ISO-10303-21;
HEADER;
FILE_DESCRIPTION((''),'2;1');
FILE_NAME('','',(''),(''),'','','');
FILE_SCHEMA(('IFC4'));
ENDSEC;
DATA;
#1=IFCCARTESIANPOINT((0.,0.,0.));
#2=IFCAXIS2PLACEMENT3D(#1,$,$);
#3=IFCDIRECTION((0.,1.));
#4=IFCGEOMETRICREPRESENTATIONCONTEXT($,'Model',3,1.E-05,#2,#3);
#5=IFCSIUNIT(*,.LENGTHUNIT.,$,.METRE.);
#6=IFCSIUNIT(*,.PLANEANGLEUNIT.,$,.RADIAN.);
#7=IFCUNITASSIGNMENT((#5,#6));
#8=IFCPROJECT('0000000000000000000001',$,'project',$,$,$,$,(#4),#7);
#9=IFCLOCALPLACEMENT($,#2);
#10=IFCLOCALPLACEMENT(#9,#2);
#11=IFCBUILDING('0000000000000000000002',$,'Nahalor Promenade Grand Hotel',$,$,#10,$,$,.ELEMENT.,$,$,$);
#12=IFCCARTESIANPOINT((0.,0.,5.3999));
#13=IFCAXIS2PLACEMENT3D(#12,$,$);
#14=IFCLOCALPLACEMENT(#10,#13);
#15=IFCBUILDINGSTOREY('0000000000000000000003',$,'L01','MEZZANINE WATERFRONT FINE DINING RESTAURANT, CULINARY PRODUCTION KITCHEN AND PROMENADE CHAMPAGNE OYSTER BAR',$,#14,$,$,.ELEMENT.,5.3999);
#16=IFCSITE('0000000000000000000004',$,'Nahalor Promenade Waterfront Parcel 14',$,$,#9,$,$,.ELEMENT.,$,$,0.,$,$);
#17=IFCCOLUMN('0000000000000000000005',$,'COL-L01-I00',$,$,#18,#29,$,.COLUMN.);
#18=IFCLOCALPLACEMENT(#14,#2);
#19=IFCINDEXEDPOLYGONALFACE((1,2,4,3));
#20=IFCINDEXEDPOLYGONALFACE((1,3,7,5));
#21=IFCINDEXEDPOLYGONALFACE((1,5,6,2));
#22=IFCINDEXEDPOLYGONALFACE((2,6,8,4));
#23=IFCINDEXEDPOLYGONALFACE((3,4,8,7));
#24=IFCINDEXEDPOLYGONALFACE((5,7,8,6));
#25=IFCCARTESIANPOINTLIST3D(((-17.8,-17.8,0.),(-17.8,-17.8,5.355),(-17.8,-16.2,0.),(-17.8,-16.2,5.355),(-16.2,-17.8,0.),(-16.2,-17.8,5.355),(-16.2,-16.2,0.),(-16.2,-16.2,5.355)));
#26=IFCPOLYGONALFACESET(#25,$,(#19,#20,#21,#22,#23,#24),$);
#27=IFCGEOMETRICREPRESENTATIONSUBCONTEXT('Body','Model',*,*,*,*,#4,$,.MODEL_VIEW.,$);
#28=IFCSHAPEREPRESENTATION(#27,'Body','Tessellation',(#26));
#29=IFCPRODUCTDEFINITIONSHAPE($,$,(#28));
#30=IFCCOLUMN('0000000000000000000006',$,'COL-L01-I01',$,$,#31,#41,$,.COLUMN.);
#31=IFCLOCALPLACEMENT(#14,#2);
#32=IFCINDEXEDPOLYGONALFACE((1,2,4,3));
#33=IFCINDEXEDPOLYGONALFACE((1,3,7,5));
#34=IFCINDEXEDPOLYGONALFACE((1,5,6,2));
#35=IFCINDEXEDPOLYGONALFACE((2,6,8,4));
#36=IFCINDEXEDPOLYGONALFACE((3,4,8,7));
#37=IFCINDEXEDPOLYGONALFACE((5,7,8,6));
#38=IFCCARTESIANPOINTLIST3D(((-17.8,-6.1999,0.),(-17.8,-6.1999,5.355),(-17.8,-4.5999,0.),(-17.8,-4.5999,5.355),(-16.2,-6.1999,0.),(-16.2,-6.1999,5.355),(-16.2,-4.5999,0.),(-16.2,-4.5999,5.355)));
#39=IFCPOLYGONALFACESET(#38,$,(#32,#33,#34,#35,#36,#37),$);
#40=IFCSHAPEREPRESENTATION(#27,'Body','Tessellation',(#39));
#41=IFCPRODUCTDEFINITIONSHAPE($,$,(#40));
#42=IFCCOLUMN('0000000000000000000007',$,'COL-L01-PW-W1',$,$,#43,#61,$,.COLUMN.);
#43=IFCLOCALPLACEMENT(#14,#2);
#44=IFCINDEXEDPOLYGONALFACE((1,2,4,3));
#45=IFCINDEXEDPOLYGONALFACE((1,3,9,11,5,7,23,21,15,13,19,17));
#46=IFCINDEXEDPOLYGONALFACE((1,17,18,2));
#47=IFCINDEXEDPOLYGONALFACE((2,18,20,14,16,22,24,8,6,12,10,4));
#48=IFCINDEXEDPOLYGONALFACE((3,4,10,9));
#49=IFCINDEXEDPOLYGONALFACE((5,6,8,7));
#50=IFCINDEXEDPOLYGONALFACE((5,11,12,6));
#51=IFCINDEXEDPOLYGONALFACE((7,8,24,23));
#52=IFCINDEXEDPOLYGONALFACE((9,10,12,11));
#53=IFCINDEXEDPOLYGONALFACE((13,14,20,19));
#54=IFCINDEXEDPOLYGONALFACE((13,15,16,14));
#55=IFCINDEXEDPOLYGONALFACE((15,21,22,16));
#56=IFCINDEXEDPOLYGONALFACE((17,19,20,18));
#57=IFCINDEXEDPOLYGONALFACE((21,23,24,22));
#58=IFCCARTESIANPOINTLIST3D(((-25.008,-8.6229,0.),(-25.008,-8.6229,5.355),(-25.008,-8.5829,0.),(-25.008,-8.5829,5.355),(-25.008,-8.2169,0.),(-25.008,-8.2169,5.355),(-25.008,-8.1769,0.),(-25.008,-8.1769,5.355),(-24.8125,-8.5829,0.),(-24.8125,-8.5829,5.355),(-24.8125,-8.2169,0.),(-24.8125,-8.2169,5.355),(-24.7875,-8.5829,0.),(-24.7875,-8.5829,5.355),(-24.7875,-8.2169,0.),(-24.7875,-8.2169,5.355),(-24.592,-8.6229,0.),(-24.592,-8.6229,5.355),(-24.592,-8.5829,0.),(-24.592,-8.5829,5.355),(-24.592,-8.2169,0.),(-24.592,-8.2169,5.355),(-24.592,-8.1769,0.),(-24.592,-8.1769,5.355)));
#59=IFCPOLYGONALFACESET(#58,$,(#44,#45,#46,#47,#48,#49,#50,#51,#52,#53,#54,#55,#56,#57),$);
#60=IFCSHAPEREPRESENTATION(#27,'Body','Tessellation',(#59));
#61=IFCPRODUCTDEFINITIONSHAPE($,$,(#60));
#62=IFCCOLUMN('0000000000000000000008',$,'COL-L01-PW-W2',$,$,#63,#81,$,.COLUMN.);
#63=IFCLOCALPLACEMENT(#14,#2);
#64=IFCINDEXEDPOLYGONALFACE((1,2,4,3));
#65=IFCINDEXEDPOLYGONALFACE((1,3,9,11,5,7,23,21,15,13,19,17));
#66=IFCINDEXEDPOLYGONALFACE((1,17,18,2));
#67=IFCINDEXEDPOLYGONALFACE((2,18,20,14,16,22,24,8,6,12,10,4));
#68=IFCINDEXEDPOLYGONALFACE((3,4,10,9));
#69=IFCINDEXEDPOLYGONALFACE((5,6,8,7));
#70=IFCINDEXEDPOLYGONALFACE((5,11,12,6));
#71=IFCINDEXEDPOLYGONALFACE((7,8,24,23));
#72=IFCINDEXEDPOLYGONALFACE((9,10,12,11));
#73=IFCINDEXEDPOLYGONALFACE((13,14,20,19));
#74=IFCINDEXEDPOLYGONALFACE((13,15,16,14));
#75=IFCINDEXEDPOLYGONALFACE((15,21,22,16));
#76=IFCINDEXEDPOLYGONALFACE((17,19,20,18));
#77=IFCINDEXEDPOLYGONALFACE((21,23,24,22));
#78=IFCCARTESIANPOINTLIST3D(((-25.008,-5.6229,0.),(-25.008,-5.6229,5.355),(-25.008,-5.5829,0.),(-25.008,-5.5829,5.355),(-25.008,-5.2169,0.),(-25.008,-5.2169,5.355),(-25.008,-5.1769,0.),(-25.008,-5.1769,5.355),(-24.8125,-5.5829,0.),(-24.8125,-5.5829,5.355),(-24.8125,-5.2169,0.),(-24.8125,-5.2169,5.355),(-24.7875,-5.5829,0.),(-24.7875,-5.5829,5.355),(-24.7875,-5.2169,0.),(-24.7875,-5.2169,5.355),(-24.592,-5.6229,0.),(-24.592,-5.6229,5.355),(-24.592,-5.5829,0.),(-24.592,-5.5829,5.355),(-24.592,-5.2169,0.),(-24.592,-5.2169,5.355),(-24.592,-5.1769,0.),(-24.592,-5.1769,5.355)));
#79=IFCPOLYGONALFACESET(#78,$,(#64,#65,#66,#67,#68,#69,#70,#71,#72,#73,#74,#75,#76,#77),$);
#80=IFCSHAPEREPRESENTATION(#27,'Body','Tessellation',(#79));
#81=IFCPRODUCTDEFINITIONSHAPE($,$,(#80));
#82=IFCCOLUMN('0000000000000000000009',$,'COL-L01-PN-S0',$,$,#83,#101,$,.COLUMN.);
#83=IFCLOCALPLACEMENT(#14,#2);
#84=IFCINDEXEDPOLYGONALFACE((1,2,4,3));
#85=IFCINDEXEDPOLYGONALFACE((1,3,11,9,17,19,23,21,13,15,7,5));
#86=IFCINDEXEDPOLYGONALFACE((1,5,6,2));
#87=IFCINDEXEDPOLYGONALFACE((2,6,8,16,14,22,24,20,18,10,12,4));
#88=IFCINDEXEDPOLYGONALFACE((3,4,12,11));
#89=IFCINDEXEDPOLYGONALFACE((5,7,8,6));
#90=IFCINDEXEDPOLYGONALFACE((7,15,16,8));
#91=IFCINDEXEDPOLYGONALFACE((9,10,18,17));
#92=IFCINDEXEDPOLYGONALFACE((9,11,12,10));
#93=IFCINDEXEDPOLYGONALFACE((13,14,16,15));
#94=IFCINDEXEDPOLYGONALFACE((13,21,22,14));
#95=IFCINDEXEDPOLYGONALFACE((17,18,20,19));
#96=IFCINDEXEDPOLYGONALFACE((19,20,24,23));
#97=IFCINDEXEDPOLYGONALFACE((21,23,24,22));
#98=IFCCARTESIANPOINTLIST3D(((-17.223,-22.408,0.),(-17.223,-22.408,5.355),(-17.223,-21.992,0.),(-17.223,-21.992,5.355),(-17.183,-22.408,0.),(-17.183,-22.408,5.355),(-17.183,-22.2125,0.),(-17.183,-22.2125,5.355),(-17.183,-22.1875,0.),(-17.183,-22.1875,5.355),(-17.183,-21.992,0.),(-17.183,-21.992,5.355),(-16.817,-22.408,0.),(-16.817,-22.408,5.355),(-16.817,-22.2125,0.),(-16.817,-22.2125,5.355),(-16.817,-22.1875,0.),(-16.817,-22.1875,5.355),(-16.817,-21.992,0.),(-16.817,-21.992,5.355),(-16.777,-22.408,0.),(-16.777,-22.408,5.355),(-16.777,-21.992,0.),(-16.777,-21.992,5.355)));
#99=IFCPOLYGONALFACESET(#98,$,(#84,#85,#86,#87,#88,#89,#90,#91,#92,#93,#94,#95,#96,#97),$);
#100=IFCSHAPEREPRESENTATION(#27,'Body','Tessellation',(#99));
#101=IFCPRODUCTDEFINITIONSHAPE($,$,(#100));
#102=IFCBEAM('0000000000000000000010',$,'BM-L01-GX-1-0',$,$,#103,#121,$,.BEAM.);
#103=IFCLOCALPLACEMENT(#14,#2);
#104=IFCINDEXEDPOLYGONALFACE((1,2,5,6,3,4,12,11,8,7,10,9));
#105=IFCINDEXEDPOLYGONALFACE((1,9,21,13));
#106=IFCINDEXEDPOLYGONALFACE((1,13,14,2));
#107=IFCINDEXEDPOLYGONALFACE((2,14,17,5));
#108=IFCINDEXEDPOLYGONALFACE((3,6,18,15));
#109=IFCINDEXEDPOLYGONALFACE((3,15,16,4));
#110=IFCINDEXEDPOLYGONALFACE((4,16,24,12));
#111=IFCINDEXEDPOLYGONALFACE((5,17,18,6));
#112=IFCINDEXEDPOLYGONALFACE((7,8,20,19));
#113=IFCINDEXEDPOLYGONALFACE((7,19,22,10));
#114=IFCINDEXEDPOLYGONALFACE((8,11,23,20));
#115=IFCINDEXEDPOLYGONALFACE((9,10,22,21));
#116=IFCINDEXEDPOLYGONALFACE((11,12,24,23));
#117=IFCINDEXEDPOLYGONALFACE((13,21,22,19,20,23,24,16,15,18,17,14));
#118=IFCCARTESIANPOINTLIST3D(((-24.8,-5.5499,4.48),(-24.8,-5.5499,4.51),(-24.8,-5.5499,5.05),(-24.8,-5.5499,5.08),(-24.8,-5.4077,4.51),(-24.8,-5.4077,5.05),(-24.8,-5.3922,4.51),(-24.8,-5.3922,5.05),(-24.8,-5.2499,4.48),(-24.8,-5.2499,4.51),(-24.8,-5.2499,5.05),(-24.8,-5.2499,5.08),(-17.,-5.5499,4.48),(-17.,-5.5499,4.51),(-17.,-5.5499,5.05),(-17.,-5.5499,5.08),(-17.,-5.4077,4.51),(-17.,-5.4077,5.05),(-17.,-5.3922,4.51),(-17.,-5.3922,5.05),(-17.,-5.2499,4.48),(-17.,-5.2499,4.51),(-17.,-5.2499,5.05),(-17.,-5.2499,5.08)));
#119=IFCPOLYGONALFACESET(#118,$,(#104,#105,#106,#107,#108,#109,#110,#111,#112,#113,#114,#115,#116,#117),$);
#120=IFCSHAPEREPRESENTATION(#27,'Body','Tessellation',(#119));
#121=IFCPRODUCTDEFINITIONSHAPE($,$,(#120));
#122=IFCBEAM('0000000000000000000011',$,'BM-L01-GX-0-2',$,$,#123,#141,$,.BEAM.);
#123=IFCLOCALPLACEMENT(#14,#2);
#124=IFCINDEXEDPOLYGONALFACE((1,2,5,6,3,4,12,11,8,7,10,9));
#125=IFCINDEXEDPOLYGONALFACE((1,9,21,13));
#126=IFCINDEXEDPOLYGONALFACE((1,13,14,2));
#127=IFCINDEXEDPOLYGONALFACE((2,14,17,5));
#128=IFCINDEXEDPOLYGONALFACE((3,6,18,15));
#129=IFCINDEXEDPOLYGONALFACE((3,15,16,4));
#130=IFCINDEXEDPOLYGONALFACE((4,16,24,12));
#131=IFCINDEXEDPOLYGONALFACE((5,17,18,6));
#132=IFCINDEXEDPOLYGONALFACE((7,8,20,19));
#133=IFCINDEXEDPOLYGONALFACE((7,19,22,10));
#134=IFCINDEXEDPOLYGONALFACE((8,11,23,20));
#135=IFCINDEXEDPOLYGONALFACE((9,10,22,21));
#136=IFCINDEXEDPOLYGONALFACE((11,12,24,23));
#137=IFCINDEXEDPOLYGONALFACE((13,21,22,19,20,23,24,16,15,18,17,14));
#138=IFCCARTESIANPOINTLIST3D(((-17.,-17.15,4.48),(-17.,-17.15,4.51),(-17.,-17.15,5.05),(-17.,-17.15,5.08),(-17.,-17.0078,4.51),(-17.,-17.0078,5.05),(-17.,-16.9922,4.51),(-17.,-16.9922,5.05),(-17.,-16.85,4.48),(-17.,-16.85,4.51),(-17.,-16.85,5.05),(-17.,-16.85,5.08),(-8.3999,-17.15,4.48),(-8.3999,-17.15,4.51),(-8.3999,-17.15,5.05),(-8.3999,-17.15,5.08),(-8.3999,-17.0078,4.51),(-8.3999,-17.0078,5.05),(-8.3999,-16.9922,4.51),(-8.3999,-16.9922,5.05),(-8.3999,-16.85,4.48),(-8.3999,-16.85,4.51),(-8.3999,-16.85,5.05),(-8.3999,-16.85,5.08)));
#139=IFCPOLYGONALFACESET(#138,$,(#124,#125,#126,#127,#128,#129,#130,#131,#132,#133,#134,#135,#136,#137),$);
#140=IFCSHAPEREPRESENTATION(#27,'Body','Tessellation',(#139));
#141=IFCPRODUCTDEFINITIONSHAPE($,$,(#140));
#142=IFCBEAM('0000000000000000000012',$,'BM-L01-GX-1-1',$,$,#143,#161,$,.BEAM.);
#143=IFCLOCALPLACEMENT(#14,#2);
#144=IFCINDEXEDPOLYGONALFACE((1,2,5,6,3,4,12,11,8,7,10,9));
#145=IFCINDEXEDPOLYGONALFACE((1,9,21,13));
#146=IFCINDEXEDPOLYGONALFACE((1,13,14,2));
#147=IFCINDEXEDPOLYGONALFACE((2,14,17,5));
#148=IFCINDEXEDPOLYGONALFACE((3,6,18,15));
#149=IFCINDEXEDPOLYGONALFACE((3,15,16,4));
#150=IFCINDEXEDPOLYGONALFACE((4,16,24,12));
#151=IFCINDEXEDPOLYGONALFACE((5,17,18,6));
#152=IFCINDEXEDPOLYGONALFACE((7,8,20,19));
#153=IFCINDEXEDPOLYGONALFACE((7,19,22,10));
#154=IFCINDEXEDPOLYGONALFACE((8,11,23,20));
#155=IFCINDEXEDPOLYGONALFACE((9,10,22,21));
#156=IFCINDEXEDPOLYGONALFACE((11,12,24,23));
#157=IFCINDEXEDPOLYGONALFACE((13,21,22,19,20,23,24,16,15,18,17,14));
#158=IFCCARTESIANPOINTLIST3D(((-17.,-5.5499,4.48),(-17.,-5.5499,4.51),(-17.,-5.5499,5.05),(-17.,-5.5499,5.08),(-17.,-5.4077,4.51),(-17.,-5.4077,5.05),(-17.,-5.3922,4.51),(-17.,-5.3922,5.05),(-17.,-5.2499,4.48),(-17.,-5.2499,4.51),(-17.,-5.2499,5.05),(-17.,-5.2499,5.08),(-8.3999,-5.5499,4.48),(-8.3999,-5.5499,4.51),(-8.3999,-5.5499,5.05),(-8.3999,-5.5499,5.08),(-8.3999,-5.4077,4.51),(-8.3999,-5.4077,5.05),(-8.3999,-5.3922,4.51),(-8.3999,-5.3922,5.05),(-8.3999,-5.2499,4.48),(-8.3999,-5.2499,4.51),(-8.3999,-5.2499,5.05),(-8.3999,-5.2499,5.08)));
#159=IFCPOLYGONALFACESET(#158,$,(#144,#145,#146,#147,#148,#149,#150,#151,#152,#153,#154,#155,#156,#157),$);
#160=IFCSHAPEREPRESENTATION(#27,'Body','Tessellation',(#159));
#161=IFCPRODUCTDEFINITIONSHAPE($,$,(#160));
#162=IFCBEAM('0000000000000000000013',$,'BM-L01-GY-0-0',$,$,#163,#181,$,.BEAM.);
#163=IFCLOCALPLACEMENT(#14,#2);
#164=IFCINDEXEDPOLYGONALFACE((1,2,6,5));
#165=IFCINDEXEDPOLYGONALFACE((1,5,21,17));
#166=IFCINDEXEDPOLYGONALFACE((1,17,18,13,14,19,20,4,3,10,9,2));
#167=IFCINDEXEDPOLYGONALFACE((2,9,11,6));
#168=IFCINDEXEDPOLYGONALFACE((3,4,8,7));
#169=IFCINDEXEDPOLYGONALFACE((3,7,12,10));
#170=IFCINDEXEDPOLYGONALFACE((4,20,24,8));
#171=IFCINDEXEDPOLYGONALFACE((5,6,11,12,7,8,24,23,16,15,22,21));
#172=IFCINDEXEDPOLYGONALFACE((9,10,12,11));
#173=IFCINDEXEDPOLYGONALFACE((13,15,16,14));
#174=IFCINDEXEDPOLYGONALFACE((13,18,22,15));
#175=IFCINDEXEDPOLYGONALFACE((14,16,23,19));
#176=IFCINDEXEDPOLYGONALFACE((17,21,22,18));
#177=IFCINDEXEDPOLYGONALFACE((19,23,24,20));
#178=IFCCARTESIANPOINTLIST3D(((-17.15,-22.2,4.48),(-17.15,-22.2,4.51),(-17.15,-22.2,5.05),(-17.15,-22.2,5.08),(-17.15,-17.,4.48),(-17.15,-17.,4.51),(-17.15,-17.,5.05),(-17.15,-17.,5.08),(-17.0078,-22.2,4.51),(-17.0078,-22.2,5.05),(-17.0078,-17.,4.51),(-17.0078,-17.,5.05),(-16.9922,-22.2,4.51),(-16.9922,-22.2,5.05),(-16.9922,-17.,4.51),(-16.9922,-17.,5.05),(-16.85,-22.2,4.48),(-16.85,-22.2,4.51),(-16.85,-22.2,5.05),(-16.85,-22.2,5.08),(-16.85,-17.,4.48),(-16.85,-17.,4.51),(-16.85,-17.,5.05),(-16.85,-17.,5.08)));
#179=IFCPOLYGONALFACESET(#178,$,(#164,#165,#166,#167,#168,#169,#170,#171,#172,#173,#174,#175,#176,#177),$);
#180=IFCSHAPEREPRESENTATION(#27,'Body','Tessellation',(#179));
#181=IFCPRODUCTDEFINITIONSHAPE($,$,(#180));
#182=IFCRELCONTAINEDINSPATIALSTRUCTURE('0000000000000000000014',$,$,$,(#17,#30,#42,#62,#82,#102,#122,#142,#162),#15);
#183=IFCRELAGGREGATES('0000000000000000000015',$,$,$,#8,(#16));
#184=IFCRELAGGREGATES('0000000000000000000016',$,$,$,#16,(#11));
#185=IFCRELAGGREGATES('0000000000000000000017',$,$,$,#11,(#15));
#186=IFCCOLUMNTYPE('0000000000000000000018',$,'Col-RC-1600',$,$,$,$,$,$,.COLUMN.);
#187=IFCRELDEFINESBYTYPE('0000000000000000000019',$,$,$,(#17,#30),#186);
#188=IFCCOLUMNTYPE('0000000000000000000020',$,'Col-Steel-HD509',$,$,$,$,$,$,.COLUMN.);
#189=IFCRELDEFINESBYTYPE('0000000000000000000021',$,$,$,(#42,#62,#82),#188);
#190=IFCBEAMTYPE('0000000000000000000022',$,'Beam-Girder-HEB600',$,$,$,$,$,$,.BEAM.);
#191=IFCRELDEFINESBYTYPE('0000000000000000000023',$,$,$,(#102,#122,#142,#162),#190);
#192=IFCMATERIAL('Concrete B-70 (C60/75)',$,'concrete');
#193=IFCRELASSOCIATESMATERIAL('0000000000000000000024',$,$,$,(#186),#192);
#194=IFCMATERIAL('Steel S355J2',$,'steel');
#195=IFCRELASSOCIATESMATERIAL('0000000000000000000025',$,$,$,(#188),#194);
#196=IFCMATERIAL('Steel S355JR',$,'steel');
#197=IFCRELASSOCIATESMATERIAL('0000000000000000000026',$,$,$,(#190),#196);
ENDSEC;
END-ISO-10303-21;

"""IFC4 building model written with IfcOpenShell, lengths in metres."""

from ifc_helpers import new_model, si_unit, direction, frame, origin, origin_2d, place, context, subcontext, project, spatial, rectangle, i_section, extrude, source, transform, mapped, material, material_profile, profile_set, type_object, element, save


model = new_model("IFC4")

# Units and contexts
model_context = context("Model", 3, precision=1e-05, world=origin(), true_north=direction((0.0, 1.0)))
body_context = subcontext(model_context, "Body", "Model", "MODEL_VIEW")
ifc_project = project(units=[si_unit("LENGTHUNIT", "METRE"), si_unit("PLANEANGLEUNIT", "RADIAN")], contexts=[model_context])

# Site, building, storey
site_placement = place(None, origin())
site = spatial("IfcSite", under=ifc_project, at=site_placement, Name="Nahalor Promenade Waterfront Parcel 14", CompositionType="ELEMENT", RefElevation=0.0)
building_placement = place(site_placement, origin())
building = spatial("IfcBuilding", under=site, at=building_placement, Name="Nahalor Promenade Grand Hotel", CompositionType="ELEMENT")
storey_placement = place(building_placement, frame((0.0, 0.0, 5.3999)))
storey = spatial("IfcBuildingStorey", under=building, at=storey_placement, Name="L01", Description="MEZZANINE WATERFRONT FINE DINING RESTAURANT, CULINARY PRODUCTION KITCHEN AND PROMENADE CHAMPAGNE OYSTER BAR", CompositionType="ELEMENT", Elevation=5.3999)

# Columns
ifc_material_1 = material(Name="Concrete B-70 (C60/75)", Category="concrete")
ifc_material_profile_1 = material_profile(ifc_material_1, rectangle(XDim=1.6, YDim=1.6, at=origin_2d()), Name="RC 1600x1600")
ifc_profile_set_1 = profile_set([ifc_material_profile_1], Name="Concrete B-70 (C60/75)")
column_type_1 = type_object("IfcColumnType", Name="Col-RC-1600", PredefinedType="COLUMN", material=ifc_profile_set_1)
shared_shape_1 = source(origin(), body_context, "Body", "SweptSolid", [
    extrude(rectangle(XDim=1.6, YDim=1.6, at=origin_2d()), origin(), (0.0, 0.0, 1.0), 5.355),
])
for number, where, z_axis, x_axis, name in (
    (1, (-17.0, -17.0, 0.0), (0.0, 0.0, 1.0), (1.0, 0.0, 0.0), "COL-L01-I00"),
    (2, (-17.0, -5.3999, 0.0), (0.0, 0.0, 1.0), (1.0, 0.0, 0.0), "COL-L01-I01"),
):
    element("IfcColumn", number, at=place(storey_placement, frame(where, z_axis=z_axis, x_axis=x_axis)), inside=storey, type_object=column_type_1, Name=name, PredefinedType="COLUMN", context=body_context, shape_type="MappedRepresentation", body=[
        mapped(shared_shape_1, transform((0.0, 0.0, 0.0), scale=1.0)),
    ])
ifc_material_2 = material(Name="Steel S355J2", Category="steel")
ifc_material_profile_2 = material_profile(ifc_material_2, i_section(OverallWidth=0.416, OverallDepth=0.446, WebThickness=0.025, FlangeThickness=0.04, at=origin_2d()), Name="HD 400x509")
ifc_profile_set_2 = profile_set([ifc_material_profile_2], Name="Steel S355J2")
column_type_2 = type_object("IfcColumnType", Name="Col-Steel-HD509", PredefinedType="COLUMN", material=ifc_profile_set_2)
shared_shape_2 = source(origin(), body_context, "Body", "SweptSolid", [
    extrude(i_section(OverallWidth=0.416, OverallDepth=0.446, WebThickness=0.025, FlangeThickness=0.04, at=origin_2d()), origin(), (0.0, 0.0, 1.0), 5.355),
])
for number, where, z_axis, x_axis, name in (
    (3, (-24.8, -8.3999, 0.0), (0.0, 0.0, 1.0), (1.0, 0.0, 0.0), "COL-L01-PW-W1"),
    (4, (-24.8, -5.3999, 0.0), (0.0, 0.0, 1.0), (1.0, 0.0, 0.0), "COL-L01-PW-W2"),
    (5, (-17.0, -22.2, 0.0), (0.0, 0.0, 1.0), (0.0, 1.0, 0.0), "COL-L01-PN-S0"),
):
    element("IfcColumn", number, at=place(storey_placement, frame(where, z_axis=z_axis, x_axis=x_axis)), inside=storey, type_object=column_type_2, Name=name, PredefinedType="COLUMN", context=body_context, shape_type="MappedRepresentation", body=[
        mapped(shared_shape_2, transform((0.0, 0.0, 0.0), scale=1.0)),
    ])

# Beams
ifc_material_3 = material(Name="Steel S355JR", Category="steel")
ifc_material_profile_3 = material_profile(ifc_material_3, i_section(OverallWidth=0.3, OverallDepth=0.6, WebThickness=0.0155, FlangeThickness=0.03, at=origin_2d()), Name="HEB 600")
ifc_profile_set_3 = profile_set([ifc_material_profile_3], Name="Steel S355JR")
beam_type_1 = type_object("IfcBeamType", Name="Beam-Girder-HEB600", PredefinedType="BEAM", material=ifc_profile_set_3)
shared_shape_3 = source(origin(), body_context, "Body", "SweptSolid", [
    extrude(i_section(OverallWidth=0.3, OverallDepth=0.6, WebThickness=0.0155, FlangeThickness=0.03, at=origin_2d()), origin(), (0.0, 0.0, 1.0), 7.8),
])
beam_1_placement = place(storey_placement, frame((-24.8, -5.3999, 4.78), z_axis=(1.0, 0.0, 0.0), x_axis=(0.0, 1.0, 0.0)))
element("IfcBeam", 6, at=beam_1_placement, inside=storey, type_object=beam_type_1, Name="BM-L01-GX-1-0", PredefinedType="BEAM", context=body_context, shape_type="MappedRepresentation", body=[
    mapped(shared_shape_3, transform((0.0, 0.0, 0.0), scale=1.0)),
])
shared_shape_4 = source(origin(), body_context, "Body", "SweptSolid", [
    extrude(i_section(OverallWidth=0.3, OverallDepth=0.6, WebThickness=0.0155, FlangeThickness=0.03, at=origin_2d()), origin(), (0.0, 0.0, 1.0), 8.6001),
])
for number, where, z_axis, x_axis, name in (
    (7, (-17.0, -17.0, 4.78), (1.0, 0.0, 0.0), (0.0, 1.0, 0.0), "BM-L01-GX-0-2"),
    (8, (-17.0, -5.3999, 4.78), (1.0, 0.0, 0.0), (0.0, 1.0, 0.0), "BM-L01-GX-1-1"),
):
    element("IfcBeam", number, at=place(storey_placement, frame(where, z_axis=z_axis, x_axis=x_axis)), inside=storey, type_object=beam_type_1, Name=name, PredefinedType="BEAM", context=body_context, shape_type="MappedRepresentation", body=[
        mapped(shared_shape_4, transform((0.0, 0.0, 0.0), scale=1.0)),
    ])
shared_shape_5 = source(origin(), body_context, "Body", "SweptSolid", [
    extrude(i_section(OverallWidth=0.3, OverallDepth=0.6, WebThickness=0.0155, FlangeThickness=0.03, at=origin_2d()), origin(), (0.0, 0.0, 1.0), 5.2),
])
beam_2_placement = place(storey_placement, frame((-17.0, -22.2, 4.78), z_axis=(0.0, 1.0, 0.0), x_axis=(-1.0, 0.0, 0.0)))
element("IfcBeam", 9, at=beam_2_placement, inside=storey, type_object=beam_type_1, Name="BM-L01-GY-0-0", PredefinedType="BEAM", context=body_context, shape_type="MappedRepresentation", body=[
    mapped(shared_shape_5, transform((0.0, 0.0, 0.0), scale=1.0)),
])

save(model, "model.ifc")
